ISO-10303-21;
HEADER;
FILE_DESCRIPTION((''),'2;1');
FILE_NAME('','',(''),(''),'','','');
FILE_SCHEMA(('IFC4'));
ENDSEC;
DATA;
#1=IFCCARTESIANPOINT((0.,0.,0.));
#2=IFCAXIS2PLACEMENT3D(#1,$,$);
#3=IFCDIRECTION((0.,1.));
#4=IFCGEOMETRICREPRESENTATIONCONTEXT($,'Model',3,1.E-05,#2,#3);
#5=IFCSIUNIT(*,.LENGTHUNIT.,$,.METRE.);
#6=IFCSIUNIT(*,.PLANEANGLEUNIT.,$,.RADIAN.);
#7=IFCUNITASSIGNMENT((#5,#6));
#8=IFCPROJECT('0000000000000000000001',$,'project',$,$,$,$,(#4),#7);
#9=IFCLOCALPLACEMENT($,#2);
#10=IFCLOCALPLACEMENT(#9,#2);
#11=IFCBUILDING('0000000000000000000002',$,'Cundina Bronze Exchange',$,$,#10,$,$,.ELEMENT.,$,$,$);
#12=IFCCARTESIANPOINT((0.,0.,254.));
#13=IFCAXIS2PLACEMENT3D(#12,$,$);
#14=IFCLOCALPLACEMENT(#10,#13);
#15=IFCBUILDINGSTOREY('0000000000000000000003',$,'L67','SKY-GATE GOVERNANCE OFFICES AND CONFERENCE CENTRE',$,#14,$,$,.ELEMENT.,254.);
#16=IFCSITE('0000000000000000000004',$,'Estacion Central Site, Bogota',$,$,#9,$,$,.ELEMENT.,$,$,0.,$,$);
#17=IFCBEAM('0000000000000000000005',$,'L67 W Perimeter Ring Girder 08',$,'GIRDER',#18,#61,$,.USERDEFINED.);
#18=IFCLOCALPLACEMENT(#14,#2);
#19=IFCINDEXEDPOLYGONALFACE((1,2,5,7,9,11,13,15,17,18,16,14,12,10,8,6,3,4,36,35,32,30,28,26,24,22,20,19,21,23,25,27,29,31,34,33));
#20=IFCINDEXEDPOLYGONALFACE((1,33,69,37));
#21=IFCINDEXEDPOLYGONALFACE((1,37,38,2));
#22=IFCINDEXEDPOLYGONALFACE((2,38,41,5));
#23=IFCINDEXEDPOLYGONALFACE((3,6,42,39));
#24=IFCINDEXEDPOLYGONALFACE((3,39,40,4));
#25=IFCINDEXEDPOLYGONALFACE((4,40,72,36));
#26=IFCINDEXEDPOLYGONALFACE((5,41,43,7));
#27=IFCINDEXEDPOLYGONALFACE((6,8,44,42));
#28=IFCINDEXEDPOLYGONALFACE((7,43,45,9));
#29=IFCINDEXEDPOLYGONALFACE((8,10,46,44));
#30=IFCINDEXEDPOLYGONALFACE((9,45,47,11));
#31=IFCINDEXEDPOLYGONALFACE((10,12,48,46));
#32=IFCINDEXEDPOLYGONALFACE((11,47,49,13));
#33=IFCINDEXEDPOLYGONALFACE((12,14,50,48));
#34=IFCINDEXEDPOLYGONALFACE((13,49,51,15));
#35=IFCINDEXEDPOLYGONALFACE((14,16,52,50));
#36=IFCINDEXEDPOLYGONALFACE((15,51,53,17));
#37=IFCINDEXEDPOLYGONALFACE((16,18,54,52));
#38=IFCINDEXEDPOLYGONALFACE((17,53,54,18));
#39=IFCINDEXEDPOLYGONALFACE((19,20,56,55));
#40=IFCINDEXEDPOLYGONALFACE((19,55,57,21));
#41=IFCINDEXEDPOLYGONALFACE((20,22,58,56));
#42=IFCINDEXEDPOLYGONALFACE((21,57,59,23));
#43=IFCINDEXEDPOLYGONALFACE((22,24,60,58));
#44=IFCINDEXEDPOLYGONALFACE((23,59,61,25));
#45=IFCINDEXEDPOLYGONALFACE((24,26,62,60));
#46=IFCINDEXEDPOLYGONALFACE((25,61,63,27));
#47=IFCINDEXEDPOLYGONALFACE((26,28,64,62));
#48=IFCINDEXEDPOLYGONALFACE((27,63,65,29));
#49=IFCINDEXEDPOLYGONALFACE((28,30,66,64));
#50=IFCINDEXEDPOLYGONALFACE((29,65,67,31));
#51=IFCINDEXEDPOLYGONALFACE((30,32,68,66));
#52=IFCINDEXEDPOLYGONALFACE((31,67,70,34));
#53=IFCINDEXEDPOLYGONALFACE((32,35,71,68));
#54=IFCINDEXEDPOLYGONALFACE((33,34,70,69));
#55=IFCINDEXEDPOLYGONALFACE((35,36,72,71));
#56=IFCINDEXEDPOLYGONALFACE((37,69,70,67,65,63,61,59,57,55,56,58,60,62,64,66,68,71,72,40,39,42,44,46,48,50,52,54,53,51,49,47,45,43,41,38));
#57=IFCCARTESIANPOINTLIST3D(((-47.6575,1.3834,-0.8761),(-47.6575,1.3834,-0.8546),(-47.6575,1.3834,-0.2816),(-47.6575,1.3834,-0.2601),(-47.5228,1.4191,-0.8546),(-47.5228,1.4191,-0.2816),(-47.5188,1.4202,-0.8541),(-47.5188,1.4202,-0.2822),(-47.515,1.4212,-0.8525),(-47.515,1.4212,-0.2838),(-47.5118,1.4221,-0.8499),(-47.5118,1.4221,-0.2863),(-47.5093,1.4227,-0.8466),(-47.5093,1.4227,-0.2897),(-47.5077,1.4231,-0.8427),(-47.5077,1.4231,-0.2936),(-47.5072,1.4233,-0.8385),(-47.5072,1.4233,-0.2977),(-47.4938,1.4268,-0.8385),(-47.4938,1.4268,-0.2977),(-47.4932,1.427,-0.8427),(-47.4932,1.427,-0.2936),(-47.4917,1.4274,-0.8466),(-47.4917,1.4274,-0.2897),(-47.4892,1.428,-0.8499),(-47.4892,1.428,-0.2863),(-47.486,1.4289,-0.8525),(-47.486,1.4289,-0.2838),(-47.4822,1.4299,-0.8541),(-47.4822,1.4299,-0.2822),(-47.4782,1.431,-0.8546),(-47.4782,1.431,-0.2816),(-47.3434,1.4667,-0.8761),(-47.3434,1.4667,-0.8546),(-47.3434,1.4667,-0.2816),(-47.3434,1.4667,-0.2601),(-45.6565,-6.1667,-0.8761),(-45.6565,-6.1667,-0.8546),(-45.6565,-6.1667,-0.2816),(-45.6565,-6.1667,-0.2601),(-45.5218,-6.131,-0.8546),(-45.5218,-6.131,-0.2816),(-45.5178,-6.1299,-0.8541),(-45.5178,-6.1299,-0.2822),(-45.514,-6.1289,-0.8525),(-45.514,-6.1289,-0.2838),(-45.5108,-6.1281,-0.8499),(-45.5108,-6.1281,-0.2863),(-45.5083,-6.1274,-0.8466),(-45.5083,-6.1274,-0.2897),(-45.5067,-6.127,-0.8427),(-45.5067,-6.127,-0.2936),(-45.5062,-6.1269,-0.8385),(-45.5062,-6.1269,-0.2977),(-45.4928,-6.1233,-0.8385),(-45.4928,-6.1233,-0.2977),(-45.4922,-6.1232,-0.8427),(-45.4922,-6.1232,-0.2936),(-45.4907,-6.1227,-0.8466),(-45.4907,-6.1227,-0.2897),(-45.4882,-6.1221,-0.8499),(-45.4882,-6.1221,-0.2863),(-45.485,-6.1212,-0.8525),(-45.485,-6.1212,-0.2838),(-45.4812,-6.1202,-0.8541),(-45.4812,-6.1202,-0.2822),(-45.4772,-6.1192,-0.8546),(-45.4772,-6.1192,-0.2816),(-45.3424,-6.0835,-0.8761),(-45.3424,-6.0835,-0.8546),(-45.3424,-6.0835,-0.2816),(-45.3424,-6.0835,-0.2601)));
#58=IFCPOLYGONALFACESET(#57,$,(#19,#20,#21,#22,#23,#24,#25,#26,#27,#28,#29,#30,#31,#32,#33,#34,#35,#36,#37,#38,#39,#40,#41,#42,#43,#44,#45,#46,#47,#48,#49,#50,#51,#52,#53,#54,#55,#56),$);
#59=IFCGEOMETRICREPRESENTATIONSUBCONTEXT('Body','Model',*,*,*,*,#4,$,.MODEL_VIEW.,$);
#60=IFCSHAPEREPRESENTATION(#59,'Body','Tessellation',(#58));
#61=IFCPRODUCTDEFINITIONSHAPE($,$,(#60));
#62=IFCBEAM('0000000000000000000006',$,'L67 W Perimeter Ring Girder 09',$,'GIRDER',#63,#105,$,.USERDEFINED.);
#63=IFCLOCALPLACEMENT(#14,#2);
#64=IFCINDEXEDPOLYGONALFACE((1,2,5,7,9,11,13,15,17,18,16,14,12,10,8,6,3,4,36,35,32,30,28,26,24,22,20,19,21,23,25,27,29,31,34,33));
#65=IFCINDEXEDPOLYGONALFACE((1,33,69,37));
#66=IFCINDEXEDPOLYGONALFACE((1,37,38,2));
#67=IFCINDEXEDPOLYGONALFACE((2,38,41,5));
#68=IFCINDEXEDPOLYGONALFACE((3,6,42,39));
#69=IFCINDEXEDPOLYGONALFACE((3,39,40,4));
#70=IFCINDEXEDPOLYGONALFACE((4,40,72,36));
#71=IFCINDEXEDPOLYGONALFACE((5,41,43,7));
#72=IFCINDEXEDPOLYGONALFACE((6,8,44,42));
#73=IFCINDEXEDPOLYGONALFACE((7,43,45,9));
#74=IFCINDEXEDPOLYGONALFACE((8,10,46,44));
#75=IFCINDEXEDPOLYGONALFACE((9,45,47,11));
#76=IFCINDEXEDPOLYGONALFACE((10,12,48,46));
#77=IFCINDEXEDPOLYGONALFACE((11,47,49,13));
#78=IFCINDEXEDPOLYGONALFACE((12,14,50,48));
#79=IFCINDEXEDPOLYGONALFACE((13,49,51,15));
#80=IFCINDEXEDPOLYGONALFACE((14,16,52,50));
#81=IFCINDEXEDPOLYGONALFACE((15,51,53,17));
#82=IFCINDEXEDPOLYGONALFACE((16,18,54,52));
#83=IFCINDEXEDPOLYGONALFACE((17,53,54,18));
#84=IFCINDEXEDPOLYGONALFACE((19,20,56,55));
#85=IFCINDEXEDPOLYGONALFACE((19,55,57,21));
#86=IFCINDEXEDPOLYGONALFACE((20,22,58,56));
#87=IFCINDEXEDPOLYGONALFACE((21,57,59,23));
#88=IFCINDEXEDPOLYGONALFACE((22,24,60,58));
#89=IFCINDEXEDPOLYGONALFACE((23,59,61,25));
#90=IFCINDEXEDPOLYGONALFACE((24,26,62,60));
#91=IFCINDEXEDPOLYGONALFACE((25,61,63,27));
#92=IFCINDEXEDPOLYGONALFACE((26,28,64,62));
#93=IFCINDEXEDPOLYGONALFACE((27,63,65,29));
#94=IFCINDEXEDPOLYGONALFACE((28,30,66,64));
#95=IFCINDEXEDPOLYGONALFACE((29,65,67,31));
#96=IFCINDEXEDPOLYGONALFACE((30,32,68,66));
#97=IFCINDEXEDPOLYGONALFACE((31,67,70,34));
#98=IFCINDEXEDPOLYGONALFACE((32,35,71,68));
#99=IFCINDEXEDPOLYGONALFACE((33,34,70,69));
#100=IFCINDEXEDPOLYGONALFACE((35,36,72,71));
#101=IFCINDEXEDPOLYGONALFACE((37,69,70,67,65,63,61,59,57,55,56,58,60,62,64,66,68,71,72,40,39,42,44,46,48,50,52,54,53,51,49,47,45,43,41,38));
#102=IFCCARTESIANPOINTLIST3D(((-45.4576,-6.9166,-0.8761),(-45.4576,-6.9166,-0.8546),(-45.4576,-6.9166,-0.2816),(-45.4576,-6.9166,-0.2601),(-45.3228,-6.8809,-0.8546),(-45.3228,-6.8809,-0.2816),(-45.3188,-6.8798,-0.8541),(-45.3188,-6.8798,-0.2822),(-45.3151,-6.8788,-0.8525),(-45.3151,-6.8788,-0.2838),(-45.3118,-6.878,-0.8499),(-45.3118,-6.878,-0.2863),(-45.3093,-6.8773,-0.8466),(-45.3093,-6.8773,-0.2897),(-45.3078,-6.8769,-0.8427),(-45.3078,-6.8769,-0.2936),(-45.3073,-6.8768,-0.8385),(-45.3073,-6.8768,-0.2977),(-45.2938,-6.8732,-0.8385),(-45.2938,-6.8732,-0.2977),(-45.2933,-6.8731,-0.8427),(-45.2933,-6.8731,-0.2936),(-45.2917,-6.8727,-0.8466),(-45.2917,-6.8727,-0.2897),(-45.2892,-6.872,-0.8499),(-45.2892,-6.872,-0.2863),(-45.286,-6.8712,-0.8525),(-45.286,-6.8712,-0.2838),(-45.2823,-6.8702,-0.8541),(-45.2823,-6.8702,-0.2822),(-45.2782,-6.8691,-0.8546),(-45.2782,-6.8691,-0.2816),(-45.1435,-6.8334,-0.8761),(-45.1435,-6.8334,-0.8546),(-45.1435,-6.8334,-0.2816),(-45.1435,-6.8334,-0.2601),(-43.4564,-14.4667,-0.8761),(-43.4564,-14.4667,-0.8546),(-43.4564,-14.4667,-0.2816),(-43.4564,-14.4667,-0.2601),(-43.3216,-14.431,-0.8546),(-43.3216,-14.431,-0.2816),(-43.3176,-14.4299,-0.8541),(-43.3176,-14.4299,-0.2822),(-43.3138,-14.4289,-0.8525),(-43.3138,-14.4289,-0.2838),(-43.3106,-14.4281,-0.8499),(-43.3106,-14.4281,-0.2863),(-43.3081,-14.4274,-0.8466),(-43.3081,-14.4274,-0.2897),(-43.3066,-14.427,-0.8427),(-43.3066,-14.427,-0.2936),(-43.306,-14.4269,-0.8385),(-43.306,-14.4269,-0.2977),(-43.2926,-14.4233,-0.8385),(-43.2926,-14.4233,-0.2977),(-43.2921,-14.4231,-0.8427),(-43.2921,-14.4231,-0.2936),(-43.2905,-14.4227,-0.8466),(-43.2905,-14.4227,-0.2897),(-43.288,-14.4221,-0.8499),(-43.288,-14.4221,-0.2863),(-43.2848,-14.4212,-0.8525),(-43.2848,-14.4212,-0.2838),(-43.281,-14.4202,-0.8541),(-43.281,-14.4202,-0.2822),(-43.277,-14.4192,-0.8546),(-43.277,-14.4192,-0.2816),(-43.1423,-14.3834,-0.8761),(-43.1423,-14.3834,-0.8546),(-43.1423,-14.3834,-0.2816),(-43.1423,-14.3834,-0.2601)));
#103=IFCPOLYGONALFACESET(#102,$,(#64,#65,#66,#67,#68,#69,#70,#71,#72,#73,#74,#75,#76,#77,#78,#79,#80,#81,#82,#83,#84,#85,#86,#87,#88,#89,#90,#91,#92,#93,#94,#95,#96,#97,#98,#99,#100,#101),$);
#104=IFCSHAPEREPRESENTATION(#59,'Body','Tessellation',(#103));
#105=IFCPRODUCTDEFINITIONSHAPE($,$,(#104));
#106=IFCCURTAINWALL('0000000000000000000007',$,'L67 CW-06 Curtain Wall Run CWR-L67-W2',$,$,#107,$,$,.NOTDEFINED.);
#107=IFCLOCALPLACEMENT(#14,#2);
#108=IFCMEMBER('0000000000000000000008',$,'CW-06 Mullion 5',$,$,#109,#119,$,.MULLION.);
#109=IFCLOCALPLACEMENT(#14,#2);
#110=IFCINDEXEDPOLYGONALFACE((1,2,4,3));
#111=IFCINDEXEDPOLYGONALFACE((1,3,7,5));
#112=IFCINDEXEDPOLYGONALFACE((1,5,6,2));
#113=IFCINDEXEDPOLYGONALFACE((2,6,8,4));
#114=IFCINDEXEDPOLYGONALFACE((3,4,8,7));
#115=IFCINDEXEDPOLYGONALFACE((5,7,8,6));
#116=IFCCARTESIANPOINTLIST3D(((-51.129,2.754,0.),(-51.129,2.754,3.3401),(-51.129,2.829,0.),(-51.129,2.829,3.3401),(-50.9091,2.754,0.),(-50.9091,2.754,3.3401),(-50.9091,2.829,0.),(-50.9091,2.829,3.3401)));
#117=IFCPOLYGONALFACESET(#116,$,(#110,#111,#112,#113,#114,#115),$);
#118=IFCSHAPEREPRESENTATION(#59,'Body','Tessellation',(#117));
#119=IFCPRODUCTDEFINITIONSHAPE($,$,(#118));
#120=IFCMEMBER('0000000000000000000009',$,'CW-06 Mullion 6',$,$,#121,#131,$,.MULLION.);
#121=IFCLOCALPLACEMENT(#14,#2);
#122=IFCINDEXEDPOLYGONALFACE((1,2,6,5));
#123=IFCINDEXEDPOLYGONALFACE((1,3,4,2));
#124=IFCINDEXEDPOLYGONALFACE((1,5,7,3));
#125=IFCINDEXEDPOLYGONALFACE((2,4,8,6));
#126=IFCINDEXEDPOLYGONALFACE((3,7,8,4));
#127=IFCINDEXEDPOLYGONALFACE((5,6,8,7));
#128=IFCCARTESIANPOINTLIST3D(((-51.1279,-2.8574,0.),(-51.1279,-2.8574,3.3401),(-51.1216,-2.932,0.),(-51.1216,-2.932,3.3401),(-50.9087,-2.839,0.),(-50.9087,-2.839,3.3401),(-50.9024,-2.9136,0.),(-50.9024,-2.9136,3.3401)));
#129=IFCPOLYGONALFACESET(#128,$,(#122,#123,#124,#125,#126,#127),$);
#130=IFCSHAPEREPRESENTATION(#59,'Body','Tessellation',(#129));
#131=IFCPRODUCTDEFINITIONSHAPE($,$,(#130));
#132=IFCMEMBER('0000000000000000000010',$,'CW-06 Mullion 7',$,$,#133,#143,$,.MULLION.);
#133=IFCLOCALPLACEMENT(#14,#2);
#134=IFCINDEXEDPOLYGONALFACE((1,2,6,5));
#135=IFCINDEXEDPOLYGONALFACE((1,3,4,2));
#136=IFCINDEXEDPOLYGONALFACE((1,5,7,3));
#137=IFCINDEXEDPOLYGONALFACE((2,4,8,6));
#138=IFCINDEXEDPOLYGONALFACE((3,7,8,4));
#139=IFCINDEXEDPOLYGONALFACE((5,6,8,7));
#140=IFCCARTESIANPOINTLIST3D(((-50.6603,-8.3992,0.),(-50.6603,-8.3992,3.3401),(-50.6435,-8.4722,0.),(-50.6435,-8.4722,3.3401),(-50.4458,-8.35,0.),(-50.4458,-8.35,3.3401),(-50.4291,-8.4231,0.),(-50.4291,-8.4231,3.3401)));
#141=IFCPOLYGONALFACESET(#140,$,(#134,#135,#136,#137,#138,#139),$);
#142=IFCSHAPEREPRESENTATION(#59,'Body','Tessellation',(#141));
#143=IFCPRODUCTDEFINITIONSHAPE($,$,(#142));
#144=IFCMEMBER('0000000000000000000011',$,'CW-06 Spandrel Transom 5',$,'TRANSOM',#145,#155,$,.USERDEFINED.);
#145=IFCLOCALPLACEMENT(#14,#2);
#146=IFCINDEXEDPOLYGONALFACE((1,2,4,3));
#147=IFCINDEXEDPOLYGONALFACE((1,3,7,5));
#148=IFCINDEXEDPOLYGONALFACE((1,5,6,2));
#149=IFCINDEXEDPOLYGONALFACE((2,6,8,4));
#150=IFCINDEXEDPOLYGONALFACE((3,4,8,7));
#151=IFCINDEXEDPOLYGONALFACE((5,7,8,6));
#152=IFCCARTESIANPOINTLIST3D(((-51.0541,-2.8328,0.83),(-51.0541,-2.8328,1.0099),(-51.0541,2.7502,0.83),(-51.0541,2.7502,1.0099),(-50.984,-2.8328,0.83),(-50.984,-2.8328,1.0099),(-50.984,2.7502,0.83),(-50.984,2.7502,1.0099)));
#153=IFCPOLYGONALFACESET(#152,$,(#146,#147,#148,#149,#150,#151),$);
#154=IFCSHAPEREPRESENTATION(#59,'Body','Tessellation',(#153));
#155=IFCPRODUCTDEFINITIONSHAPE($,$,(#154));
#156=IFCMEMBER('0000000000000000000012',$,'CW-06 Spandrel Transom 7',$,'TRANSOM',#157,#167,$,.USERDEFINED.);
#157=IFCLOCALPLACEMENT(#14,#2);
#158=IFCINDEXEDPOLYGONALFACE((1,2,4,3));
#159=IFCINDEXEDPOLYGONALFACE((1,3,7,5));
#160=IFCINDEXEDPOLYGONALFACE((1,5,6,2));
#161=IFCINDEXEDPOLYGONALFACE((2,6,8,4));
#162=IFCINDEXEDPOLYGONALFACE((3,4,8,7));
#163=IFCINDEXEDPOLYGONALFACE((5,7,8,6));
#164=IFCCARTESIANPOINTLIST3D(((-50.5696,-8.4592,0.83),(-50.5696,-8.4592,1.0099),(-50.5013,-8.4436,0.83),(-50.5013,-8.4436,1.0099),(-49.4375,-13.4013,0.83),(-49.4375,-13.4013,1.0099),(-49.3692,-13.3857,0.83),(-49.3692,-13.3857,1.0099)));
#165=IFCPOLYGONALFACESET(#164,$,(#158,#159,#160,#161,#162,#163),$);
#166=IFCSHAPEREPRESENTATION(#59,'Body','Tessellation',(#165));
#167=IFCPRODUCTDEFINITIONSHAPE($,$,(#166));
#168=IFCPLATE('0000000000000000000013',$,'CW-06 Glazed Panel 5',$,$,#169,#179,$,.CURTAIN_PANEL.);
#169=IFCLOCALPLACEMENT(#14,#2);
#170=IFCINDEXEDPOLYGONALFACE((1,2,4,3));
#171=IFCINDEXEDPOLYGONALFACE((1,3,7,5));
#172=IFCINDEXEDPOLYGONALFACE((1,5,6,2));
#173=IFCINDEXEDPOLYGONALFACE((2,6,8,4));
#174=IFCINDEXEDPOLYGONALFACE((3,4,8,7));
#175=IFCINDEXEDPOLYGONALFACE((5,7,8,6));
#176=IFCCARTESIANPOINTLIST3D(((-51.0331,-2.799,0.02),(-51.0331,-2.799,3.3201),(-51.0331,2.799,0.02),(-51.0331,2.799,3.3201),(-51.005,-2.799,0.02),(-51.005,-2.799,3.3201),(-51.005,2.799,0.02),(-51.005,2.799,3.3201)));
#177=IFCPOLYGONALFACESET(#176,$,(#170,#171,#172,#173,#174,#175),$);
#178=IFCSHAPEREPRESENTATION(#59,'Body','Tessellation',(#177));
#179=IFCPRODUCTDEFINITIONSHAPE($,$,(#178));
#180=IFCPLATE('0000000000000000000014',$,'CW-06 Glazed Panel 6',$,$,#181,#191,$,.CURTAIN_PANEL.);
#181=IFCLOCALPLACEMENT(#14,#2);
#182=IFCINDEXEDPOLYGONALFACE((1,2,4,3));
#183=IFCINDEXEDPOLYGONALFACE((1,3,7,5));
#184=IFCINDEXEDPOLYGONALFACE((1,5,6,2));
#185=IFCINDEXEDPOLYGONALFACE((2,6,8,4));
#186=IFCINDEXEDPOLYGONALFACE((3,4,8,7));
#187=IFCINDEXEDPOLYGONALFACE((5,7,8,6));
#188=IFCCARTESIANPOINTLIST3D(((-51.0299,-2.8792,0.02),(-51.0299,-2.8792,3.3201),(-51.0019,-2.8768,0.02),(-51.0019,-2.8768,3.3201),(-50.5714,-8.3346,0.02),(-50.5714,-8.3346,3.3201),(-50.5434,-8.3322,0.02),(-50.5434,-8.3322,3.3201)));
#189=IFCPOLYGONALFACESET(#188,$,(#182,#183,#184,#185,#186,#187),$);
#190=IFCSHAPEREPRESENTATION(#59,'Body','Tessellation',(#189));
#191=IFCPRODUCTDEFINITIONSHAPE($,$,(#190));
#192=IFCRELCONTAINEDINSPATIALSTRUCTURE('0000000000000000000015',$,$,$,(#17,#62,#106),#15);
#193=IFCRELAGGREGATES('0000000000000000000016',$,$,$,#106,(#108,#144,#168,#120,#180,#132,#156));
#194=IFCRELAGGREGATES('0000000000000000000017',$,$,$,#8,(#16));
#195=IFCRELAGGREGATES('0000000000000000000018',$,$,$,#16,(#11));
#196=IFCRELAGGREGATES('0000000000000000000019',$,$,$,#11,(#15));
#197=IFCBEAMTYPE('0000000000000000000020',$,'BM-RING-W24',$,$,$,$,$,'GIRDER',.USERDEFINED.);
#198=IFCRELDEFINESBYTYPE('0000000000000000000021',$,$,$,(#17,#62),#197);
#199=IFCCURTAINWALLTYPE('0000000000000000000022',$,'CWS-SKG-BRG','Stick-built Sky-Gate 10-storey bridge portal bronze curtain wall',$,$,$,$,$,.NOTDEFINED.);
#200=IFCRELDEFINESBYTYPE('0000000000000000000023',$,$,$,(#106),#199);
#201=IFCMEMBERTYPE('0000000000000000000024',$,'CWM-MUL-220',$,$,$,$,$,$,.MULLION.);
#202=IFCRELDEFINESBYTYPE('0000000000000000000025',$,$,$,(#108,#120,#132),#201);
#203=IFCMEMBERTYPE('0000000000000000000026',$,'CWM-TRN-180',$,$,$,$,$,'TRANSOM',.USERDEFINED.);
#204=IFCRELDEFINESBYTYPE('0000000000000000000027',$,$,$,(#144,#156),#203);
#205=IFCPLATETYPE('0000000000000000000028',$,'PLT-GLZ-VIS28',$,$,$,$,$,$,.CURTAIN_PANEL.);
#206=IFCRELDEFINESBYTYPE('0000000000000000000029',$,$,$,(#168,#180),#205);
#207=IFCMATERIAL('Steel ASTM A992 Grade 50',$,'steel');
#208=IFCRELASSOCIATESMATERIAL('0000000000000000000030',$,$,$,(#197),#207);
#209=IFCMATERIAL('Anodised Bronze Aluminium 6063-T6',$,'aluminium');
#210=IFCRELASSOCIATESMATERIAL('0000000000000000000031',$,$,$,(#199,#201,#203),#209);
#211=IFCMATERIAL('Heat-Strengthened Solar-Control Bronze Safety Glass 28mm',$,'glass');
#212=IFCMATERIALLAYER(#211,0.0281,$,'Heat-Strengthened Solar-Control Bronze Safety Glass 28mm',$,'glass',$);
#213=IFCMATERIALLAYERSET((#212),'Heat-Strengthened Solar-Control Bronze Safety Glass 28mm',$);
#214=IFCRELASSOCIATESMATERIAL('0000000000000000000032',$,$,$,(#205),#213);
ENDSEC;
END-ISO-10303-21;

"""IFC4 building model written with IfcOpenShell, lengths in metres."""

from ifc_helpers import new_model, si_unit, direction, frame, origin, origin_2d, place, context, subcontext, project, spatial, rectangle, i_section, extrude, material, layer, layer_set, material_profile, profile_set, type_object, element, aggregate, save


model = new_model("IFC4")

# Units and contexts
model_context = context("Model", 3, precision=1e-05, world=origin(), true_north=direction((0.0, 1.0)))
body_context = subcontext(model_context, "Body", "Model", "MODEL_VIEW")
ifc_project = project(units=[si_unit("LENGTHUNIT", "METRE"), si_unit("PLANEANGLEUNIT", "RADIAN")], contexts=[model_context])

# Site, building, storey
site_placement = place(None, origin())
site = spatial("IfcSite", under=ifc_project, at=site_placement, Name="Estacion Central Site, Bogota", CompositionType="ELEMENT", RefElevation=0.0)
building_placement = place(site_placement, origin())
building = spatial("IfcBuilding", under=site, at=building_placement, Name="Cundina Bronze Exchange", CompositionType="ELEMENT")
storey_placement = place(building_placement, frame((0.0, 0.0, 254.0)))
storey = spatial("IfcBuildingStorey", under=building, at=storey_placement, Name="L67", Description="SKY-GATE GOVERNANCE OFFICES AND CONFERENCE CENTRE", CompositionType="ELEMENT", Elevation=254.0)

# Beams
ifc_material_1 = material(Name="Steel ASTM A992 Grade 50", Category="steel")
ifc_material_profile_1 = material_profile(ifc_material_1, i_section(OverallWidth=0.325, OverallDepth=0.616, WebThickness=0.0139, FlangeThickness=0.0215, FilletRadius=0.0161, at=origin_2d()), Name="W24X117", Category="steel")
ifc_profile_set_1 = profile_set([ifc_material_profile_1], Name="Steel ASTM A992 Grade 50")
beam_type_1 = type_object("IfcBeamType", Name="BM-RING-W24", ElementType="GIRDER", PredefinedType="USERDEFINED", material=ifc_profile_set_1)
for number, where, z_axis, x_axis, name in (
    (1, (-47.5005, 1.425, -0.5681), (0.256184, -0.966628, 0.0), (0.966628, 0.256184, 0.0), "L67 W Perimeter Ring Girder 08"),
    (2, (-45.3005, -6.875, -0.5681), (0.256213, -0.96662, 0.0), (0.96662, 0.256213, 0.0), "L67 W Perimeter Ring Girder 09"),
):
    element("IfcBeam", number, at=place(storey_placement, frame(where, z_axis=z_axis, x_axis=x_axis)), inside=storey, type_object=beam_type_1, Name=name, ObjectType="GIRDER", PredefinedType="USERDEFINED", context=body_context, shape_type="SweptSolid", body=[
        extrude(i_section(OverallWidth=0.325, OverallDepth=0.616, WebThickness=0.0139, FlangeThickness=0.0215, FilletRadius=0.0161, at=origin_2d()), origin(), (0.0, 0.0, 1.0), 7.8108),
    ])

# Curtain wall, members, plates
ifc_material_2 = material(Name="Anodised Bronze Aluminium 6063-T6", Category="aluminium")
curtain_wall_type = type_object("IfcCurtainWallType", Name="CWS-SKG-BRG", Description="Stick-built Sky-Gate 10-storey bridge portal bronze curtain wall", PredefinedType="NOTDEFINED", material=ifc_material_2)
curtain_wall_placement = place(storey_placement, origin())
curtain_wall = element("IfcCurtainWall", 3, at=curtain_wall_placement, inside=storey, type_object=curtain_wall_type, Name="L67 CW-06 Curtain Wall Run CWR-L67-W2", PredefinedType="NOTDEFINED")
ifc_material_profile_2 = material_profile(ifc_material_2, rectangle(XDim=0.075, YDim=0.22, at=origin_2d()), Name="AL75X220", Category="aluminium")
ifc_profile_set_2 = profile_set([ifc_material_profile_2], Name="Anodised Bronze Aluminium 6063-T6")
member_type_1 = type_object("IfcMemberType", Name="CWM-MUL-220", PredefinedType="MULLION", material=ifc_profile_set_2)
member_1_placement = place(storey_placement, frame((-51.019, 2.7915, 0.0), z_axis=(0.0, 0.0, 1.0), x_axis=(0.0, -1.0, 0.0)))
member_1 = element("IfcMember", 4, at=member_1_placement, type_object=member_type_1, Name="CW-06 Mullion 5", PredefinedType="MULLION", context=body_context, shape_type="SweptSolid", body=[
    extrude(rectangle(XDim=0.075, YDim=0.22, at=origin_2d()), origin(), (0.0, 0.0, 1.0), 3.3401),
])
member_2_placement = place(storey_placement, frame((-51.0151, -2.8855, 0.0), z_axis=(0.0, 0.0, 1.0), x_axis=(0.083678, -0.996493, 0.0)))
member_2 = element("IfcMember", 5, at=member_2_placement, type_object=member_type_1, Name="CW-06 Mullion 6", PredefinedType="MULLION", context=body_context, shape_type="SweptSolid", body=[
    extrude(rectangle(XDim=0.075, YDim=0.22, at=origin_2d()), origin(), (0.0, 0.0, 1.0), 3.3401),
])
member_3_placement = place(storey_placement, frame((-50.5447, -8.4111, 0.0), z_axis=(0.0, 0.0, 1.0), x_axis=(0.22325, -0.974761, 0.0)))
member_3 = element("IfcMember", 6, at=member_3_placement, type_object=member_type_1, Name="CW-06 Mullion 7", PredefinedType="MULLION", context=body_context, shape_type="SweptSolid", body=[
    extrude(rectangle(XDim=0.075, YDim=0.22, at=origin_2d()), origin(), (0.0, 0.0, 1.0), 3.3401),
])
ifc_material_profile_3 = material_profile(ifc_material_2, rectangle(XDim=0.0701, YDim=0.1799, at=origin_2d()), Name="AL70X180", Category="aluminium")
ifc_profile_set_3 = profile_set([ifc_material_profile_3], Name="Anodised Bronze Aluminium 6063-T6")
member_type_2 = type_object("IfcMemberType", Name="CWM-TRN-180", ElementType="TRANSOM", PredefinedType="USERDEFINED", material=ifc_profile_set_3)
member_4_placement = place(storey_placement, frame((-51.019, 2.7502, 0.9199), z_axis=(0.0, -1.0, 0.0), x_axis=(1.0, 0.0, 0.0)))
member_4 = element("IfcMember", 7, at=member_4_placement, type_object=member_type_2, Name="CW-06 Spandrel Transom 5", ObjectType="TRANSOM", PredefinedType="USERDEFINED", context=body_context, shape_type="SweptSolid", body=[
    extrude(rectangle(XDim=0.0701, YDim=0.1799, at=origin_2d()), origin(), (0.0, 0.0, 1.0), 5.583),
])
member_5_placement = place(storey_placement, frame((-50.5354, -8.4514, 0.9199), z_axis=(0.223284, -0.974754, 0.0), x_axis=(0.974754, 0.223284, 0.0)))
member_5 = element("IfcMember", 8, at=member_5_placement, type_object=member_type_2, Name="CW-06 Spandrel Transom 7", ObjectType="TRANSOM", PredefinedType="USERDEFINED", context=body_context, shape_type="SweptSolid", body=[
    extrude(rectangle(XDim=0.0701, YDim=0.1799, at=origin_2d()), origin(), (0.0, 0.0, 1.0), 5.0701),
])
ifc_material_3 = material(Name="Heat-Strengthened Solar-Control Bronze Safety Glass 28mm", Category="glass")
ifc_layer_1 = layer(ifc_material_3, 0.0281, Name="Heat-Strengthened Solar-Control Bronze Safety Glass 28mm", Category="glass")
ifc_layer_set_1 = layer_set([ifc_layer_1], Name="Heat-Strengthened Solar-Control Bronze Safety Glass 28mm")
plate_type = type_object("IfcPlateType", Name="PLT-GLZ-VIS28", PredefinedType="CURTAIN_PANEL", material=ifc_layer_set_1)
plate_1_placement = place(storey_placement, frame((-51.019, 0.0, 0.02), z_axis=(0.0, 0.0, 1.0), x_axis=(0.0, -1.0, 0.0)))
plate_1 = element("IfcPlate", 9, at=plate_1_placement, type_object=plate_type, Name="CW-06 Glazed Panel 5", PredefinedType="CURTAIN_PANEL", context=body_context, shape_type="SweptSolid", body=[
    extrude(rectangle(XDim=5.5979, YDim=0.0281, at=origin_2d()), origin(), (0.0, 0.0, 1.0), 3.3),
])
plate_2_placement = place(storey_placement, frame((-50.7866, -5.6057, 0.02), z_axis=(0.0, 0.0, 1.0), x_axis=(0.083747, -0.996487, 0.0)))
plate_2 = element("IfcPlate", 10, at=plate_2_placement, type_object=plate_type, Name="CW-06 Glazed Panel 6", PredefinedType="CURTAIN_PANEL", context=body_context, shape_type="SweptSolid", body=[
    extrude(rectangle(XDim=5.4746, YDim=0.0281, at=origin_2d()), origin(), (0.0, 0.0, 1.0), 3.3),
])
aggregate(curtain_wall, [member_1, member_4, plate_1, member_2, plate_2, member_3, member_5])

save(model, "model.ifc")
